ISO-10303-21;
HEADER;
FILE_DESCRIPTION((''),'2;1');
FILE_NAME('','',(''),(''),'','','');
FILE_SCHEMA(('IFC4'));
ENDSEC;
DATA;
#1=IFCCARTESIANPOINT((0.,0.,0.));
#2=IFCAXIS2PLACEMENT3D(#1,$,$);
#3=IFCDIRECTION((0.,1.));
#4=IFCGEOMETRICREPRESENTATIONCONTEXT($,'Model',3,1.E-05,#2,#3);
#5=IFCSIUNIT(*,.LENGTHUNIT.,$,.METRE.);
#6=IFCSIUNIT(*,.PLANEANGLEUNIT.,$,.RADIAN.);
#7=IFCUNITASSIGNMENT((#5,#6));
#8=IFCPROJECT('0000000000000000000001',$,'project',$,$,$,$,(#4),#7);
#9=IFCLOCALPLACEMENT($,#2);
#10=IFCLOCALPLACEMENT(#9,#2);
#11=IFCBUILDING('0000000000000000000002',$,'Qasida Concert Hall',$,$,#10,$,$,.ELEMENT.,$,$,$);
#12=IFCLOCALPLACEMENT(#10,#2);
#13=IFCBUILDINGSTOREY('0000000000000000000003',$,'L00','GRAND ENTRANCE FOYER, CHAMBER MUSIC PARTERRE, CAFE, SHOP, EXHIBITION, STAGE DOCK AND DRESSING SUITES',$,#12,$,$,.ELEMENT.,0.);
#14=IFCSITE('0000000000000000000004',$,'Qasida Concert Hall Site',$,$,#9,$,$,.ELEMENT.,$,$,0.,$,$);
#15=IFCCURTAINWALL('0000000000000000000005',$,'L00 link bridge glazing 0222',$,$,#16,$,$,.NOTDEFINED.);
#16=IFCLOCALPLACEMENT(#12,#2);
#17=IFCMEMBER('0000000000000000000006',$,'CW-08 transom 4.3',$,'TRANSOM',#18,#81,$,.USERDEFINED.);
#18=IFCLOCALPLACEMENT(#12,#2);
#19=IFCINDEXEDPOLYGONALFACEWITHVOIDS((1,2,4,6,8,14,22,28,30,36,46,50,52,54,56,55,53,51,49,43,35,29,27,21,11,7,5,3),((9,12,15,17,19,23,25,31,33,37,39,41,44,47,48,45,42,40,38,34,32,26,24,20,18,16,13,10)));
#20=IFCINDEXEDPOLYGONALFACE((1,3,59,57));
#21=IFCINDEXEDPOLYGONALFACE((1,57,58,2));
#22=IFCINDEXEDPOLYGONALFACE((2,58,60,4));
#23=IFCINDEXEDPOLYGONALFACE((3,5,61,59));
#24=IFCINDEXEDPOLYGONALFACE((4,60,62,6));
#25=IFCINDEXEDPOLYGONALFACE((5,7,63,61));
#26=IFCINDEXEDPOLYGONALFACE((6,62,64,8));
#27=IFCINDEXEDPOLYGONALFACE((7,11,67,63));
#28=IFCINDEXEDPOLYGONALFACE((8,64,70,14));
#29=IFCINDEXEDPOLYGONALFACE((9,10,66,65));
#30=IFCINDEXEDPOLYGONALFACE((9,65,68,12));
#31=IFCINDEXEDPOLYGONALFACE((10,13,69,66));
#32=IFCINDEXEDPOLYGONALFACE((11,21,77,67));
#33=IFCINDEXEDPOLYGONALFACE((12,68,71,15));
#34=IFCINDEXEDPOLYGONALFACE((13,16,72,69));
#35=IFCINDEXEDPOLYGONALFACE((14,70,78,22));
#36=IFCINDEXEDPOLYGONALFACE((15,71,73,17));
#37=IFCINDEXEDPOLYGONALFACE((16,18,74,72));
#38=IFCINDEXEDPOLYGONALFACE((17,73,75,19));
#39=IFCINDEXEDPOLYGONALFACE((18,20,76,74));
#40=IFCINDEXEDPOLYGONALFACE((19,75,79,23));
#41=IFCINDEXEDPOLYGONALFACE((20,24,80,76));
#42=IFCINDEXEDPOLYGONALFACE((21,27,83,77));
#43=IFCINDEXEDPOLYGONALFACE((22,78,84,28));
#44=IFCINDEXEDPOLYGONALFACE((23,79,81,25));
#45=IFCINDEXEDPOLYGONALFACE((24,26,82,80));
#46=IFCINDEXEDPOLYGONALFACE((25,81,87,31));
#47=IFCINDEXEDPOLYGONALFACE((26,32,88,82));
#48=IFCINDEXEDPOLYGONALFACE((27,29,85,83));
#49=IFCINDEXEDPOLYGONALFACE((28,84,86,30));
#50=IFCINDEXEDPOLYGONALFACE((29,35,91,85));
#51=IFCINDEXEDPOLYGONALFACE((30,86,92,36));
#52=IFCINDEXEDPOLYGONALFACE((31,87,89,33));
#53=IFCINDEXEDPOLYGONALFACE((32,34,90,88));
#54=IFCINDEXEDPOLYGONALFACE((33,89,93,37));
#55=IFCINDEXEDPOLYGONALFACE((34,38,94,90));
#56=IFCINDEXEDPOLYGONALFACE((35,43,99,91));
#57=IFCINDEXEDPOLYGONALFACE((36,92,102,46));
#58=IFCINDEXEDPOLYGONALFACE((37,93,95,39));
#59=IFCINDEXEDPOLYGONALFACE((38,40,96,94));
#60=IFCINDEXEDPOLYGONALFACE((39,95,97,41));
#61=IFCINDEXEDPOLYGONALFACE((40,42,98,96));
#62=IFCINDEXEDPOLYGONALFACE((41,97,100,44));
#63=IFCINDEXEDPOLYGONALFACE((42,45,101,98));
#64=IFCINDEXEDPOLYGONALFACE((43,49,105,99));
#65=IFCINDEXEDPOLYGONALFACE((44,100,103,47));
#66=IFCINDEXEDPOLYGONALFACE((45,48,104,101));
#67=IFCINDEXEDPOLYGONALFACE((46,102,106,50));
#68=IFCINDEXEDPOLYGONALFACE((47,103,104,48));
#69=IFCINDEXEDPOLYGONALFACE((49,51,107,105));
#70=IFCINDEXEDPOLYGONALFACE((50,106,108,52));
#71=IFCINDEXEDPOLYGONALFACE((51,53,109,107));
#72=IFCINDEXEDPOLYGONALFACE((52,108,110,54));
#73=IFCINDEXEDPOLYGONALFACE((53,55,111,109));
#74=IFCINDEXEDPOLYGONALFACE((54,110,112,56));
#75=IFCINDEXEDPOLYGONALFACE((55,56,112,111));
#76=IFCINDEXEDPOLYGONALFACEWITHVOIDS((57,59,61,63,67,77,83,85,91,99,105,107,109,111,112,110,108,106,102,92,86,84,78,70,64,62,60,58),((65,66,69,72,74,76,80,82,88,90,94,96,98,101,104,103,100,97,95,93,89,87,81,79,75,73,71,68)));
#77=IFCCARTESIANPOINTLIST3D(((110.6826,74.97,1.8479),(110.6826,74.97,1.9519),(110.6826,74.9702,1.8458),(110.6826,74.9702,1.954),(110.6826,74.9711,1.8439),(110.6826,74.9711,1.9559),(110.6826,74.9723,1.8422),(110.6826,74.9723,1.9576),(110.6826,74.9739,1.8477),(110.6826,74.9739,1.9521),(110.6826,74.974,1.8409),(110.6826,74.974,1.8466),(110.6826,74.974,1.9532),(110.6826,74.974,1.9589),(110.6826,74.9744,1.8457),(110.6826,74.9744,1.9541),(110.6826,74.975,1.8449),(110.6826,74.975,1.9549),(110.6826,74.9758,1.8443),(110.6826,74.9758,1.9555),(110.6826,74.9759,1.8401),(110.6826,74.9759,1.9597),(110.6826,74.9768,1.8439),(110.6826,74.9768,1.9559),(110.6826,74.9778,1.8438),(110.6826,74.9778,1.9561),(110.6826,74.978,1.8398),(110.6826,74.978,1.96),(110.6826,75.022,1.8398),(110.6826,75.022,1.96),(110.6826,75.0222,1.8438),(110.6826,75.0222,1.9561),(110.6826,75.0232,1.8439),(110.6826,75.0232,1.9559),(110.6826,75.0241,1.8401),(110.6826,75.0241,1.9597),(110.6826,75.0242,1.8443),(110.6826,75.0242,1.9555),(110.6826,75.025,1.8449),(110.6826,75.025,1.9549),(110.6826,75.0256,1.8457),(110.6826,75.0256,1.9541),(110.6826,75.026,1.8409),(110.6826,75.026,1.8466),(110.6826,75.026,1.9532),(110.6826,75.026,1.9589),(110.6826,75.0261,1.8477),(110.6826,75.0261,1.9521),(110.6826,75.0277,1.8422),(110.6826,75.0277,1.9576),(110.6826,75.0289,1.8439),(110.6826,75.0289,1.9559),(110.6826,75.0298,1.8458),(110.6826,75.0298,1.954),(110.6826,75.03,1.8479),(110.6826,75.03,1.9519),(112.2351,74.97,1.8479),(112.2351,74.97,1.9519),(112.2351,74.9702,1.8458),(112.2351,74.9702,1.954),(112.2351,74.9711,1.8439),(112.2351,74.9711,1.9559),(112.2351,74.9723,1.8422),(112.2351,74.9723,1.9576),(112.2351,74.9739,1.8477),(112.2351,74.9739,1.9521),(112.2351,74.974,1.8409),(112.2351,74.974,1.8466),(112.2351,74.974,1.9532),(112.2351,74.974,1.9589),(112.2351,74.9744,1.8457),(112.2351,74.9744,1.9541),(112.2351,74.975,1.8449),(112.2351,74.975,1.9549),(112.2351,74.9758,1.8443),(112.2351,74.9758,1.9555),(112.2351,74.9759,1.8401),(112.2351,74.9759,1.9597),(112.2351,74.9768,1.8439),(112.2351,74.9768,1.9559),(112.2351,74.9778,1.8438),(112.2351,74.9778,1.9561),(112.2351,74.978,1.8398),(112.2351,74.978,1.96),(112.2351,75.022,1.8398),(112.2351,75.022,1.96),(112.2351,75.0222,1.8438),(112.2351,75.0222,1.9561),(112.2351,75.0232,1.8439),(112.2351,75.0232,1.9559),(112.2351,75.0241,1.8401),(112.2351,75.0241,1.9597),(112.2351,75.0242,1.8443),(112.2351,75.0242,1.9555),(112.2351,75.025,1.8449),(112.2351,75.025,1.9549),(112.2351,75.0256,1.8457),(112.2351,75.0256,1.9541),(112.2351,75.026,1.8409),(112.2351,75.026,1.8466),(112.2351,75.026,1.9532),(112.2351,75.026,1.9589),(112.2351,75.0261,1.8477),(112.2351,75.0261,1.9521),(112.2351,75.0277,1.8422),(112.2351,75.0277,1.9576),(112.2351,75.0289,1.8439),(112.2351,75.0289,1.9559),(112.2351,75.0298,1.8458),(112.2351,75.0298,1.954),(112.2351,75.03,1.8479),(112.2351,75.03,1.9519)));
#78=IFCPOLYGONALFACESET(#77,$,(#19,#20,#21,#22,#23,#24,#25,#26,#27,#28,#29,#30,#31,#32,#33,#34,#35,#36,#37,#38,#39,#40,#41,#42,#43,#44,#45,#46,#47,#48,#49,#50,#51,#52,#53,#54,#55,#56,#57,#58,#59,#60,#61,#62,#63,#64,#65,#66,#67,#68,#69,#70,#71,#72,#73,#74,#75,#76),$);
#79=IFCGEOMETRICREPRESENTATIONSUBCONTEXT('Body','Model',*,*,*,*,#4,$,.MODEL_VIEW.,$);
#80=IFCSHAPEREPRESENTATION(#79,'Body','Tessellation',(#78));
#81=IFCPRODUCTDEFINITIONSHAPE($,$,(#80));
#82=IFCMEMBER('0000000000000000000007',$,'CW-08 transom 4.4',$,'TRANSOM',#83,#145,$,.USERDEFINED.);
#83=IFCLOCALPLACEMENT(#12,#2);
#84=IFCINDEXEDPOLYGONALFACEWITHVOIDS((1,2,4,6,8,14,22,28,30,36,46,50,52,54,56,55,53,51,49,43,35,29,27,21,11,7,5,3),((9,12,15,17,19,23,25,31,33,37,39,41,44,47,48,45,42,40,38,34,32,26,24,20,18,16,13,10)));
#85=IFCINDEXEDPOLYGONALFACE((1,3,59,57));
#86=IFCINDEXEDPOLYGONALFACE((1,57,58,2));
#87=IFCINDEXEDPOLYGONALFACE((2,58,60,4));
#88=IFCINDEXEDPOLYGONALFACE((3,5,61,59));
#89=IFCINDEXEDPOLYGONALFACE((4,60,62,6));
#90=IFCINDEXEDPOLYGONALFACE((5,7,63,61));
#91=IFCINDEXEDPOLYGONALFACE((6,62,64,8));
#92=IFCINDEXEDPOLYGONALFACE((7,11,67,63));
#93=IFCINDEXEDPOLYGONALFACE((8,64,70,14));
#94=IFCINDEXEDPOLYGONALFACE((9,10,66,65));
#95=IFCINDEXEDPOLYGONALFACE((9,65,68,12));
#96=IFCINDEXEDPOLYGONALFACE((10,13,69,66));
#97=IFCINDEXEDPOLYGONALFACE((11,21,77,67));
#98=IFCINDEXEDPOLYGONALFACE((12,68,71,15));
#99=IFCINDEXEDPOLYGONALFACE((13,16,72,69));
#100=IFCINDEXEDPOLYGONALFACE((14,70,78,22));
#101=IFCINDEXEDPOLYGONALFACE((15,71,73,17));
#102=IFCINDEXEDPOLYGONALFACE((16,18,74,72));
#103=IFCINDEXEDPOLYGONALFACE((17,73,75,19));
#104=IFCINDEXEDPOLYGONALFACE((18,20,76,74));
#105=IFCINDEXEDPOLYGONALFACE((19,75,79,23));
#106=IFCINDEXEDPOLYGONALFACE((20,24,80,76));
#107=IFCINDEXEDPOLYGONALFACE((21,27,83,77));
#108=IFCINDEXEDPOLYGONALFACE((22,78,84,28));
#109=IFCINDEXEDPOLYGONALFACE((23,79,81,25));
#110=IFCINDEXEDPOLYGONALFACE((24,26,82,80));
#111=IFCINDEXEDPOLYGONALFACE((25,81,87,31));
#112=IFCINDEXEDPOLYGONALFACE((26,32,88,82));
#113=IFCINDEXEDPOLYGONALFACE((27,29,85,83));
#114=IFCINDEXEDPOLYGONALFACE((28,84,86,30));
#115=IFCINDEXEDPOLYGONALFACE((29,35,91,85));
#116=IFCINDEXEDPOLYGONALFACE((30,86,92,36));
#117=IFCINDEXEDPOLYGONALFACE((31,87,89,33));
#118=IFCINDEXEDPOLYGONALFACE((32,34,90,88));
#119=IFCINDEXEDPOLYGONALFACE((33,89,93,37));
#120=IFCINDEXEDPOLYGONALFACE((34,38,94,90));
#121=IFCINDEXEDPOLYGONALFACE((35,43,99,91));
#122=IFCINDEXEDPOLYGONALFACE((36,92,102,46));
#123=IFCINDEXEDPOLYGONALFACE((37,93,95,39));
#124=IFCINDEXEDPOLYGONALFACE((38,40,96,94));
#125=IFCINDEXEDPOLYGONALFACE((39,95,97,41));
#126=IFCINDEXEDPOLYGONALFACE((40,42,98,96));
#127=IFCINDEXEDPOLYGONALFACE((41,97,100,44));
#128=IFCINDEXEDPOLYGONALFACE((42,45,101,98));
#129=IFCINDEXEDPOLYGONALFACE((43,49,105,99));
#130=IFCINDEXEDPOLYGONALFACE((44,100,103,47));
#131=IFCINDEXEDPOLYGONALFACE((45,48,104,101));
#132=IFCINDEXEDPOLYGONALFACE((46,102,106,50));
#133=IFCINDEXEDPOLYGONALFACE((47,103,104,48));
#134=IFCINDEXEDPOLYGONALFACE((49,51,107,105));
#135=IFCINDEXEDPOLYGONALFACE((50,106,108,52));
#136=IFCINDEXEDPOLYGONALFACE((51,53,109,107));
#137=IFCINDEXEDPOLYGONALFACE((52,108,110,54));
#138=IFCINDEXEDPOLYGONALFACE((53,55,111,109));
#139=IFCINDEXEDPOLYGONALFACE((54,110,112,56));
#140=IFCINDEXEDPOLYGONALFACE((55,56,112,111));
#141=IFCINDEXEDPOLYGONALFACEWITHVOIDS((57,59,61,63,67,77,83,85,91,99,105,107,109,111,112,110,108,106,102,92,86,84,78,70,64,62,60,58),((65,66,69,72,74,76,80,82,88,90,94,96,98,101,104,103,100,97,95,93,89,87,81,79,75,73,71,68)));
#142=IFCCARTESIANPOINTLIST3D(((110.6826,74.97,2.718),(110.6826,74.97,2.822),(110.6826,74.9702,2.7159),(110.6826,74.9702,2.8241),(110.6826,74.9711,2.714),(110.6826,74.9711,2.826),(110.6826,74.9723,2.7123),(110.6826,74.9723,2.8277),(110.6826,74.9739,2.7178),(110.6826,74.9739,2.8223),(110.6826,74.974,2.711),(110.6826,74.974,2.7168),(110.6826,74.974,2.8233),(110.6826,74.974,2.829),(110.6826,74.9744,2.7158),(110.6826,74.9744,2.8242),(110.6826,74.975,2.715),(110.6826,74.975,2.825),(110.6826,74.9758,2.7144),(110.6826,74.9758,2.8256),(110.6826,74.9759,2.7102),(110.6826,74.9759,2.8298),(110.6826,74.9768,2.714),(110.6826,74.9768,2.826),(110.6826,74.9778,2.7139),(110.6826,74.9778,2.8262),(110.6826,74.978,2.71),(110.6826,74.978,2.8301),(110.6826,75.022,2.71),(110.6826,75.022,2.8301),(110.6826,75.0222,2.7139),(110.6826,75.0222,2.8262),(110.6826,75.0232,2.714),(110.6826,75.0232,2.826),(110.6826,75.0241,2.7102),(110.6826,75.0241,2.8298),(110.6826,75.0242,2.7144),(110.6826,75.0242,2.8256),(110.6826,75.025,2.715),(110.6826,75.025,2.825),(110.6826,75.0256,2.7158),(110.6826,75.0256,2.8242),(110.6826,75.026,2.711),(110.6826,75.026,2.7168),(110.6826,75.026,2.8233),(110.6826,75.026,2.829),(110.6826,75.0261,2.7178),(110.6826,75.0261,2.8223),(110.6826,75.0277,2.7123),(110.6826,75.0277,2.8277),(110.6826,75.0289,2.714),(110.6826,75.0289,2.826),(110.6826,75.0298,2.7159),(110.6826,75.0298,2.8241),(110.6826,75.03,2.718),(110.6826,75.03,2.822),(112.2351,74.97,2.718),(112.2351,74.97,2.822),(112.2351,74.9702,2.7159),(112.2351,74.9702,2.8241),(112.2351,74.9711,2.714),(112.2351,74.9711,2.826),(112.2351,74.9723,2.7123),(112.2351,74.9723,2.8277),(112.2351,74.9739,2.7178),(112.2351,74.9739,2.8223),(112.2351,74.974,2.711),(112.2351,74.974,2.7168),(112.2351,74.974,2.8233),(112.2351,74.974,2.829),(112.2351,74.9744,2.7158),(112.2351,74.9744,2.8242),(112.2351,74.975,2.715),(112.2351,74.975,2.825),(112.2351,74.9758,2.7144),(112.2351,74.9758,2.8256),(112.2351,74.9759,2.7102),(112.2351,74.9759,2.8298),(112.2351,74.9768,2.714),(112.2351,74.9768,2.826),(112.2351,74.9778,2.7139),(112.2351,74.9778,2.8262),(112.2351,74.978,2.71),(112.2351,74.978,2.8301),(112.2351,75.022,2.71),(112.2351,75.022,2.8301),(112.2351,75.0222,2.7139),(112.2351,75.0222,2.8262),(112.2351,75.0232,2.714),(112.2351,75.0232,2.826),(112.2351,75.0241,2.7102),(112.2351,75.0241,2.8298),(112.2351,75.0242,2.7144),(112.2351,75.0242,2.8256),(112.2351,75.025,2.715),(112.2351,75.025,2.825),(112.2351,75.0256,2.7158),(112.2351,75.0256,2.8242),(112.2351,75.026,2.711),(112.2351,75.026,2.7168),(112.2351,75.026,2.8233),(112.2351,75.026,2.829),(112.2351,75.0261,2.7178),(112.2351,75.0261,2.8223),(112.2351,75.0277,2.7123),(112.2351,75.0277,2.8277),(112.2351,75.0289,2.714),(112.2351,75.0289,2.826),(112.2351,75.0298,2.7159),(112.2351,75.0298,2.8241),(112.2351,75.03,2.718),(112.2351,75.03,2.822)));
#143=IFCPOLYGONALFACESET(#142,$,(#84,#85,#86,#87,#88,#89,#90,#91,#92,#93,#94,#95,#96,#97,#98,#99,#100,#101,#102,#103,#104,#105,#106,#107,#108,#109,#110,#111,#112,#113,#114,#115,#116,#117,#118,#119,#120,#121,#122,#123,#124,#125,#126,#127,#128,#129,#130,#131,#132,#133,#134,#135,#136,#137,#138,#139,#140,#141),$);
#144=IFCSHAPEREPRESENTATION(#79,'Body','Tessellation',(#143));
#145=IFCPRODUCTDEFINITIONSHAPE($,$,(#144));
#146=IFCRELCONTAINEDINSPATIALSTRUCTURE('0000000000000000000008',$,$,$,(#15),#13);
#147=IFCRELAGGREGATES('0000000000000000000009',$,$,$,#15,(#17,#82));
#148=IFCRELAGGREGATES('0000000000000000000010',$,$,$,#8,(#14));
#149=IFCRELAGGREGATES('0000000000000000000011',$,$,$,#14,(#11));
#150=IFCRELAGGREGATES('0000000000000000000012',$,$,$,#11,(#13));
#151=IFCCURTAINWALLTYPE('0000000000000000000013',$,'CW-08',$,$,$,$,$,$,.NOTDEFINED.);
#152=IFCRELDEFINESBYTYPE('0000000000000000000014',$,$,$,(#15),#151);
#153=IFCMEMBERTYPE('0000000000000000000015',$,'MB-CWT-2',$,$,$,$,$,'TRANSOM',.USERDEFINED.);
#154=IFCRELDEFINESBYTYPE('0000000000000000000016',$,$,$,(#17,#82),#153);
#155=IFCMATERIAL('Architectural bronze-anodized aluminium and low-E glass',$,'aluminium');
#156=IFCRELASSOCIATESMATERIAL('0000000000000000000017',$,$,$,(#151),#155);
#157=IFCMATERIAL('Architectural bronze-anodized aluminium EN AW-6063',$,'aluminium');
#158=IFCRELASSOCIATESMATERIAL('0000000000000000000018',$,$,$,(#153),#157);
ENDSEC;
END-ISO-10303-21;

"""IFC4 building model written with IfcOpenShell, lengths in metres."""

from ifc_helpers import new_model, si_unit, direction, frame, origin, origin_2d, place, context, subcontext, project, spatial, hollow_rectangle, extrude, material, material_profile, profile_set, type_object, element, aggregate, save


model = new_model("IFC4")

# Units and contexts
model_context = context("Model", 3, precision=1e-05, world=origin(), true_north=direction((0.0, 1.0)))
body_context = subcontext(model_context, "Body", "Model", "MODEL_VIEW")
ifc_project = project(units=[si_unit("LENGTHUNIT", "METRE"), si_unit("PLANEANGLEUNIT", "RADIAN")], contexts=[model_context])

# Site, building, storey
site_placement = place(None, origin())
site = spatial("IfcSite", under=ifc_project, at=site_placement, Name="Qasida Concert Hall Site", CompositionType="ELEMENT", RefElevation=0.0)
building_placement = place(site_placement, origin())
building = spatial("IfcBuilding", under=site, at=building_placement, Name="Qasida Concert Hall", CompositionType="ELEMENT")
storey_placement = place(building_placement, origin())
storey = spatial("IfcBuildingStorey", under=building, at=storey_placement, Name="L00", Description="GRAND ENTRANCE FOYER, CHAMBER MUSIC PARTERRE, CAFE, SHOP, EXHIBITION, STAGE DOCK AND DRESSING SUITES", CompositionType="ELEMENT", Elevation=0.0)

# Curtain wall
ifc_material_1 = material(Name="Architectural bronze-anodized aluminium and low-E glass", Category="aluminium")
curtain_wall_type = type_object("IfcCurtainWallType", Name="CW-08", PredefinedType="NOTDEFINED", material=ifc_material_1)
curtain_wall_1_placement = place(storey_placement, origin())
curtain_wall_1 = element("IfcCurtainWall", 1, at=curtain_wall_1_placement, inside=storey, type_object=curtain_wall_type, Name="L00 link bridge glazing 0222", PredefinedType="NOTDEFINED")
ifc_material_2 = material(Name="Architectural bronze-anodized aluminium EN AW-6063", Category="aluminium")

# Members
ifc_material_profile_1 = material_profile(ifc_material_2, hollow_rectangle(XDim=0.0601, YDim=0.1201, WallThickness=0.0039, InnerFilletRadius=0.0039, OuterFilletRadius=0.0081, at=origin_2d()), Name="CWT 120x60x4")
ifc_profile_set_1 = profile_set([ifc_material_profile_1], Name="Architectural bronze-anodized aluminium EN AW-6063")
member_type_1 = type_object("IfcMemberType", Name="MB-CWT-2", ElementType="TRANSOM", PredefinedType="USERDEFINED", material=ifc_profile_set_1)
member_1_placement = place(storey_placement, frame((110.6826, 75.0, 1.8999), z_axis=(1.0, 0.0, 0.0), x_axis=(0.0, 1.0, 0.0)))
member_1 = element("IfcMember", 2, at=member_1_placement, type_object=member_type_1, Name="CW-08 transom 4.3", ObjectType="TRANSOM", PredefinedType="USERDEFINED", context=body_context, shape_type="SweptSolid", body=[
    extrude(hollow_rectangle(XDim=0.0601, YDim=0.1201, WallThickness=0.0039, InnerFilletRadius=0.0039, OuterFilletRadius=0.0081, at=origin_2d()), origin(), (0.0, 0.0, 1.0), 1.5525),
])
member_2_placement = place(storey_placement, frame((110.6826, 75.0, 2.77), z_axis=(1.0, 0.0, 0.0), x_axis=(0.0, 1.0, 0.0)))
member_2 = element("IfcMember", 3, at=member_2_placement, type_object=member_type_1, Name="CW-08 transom 4.4", ObjectType="TRANSOM", PredefinedType="USERDEFINED", context=body_context, shape_type="SweptSolid", body=[
    extrude(hollow_rectangle(XDim=0.0601, YDim=0.1201, WallThickness=0.0039, InnerFilletRadius=0.0039, OuterFilletRadius=0.0081, at=origin_2d()), origin(), (0.0, 0.0, 1.0), 1.5525),
])

aggregate(curtain_wall_1, [member_1, member_2])

save(model, "model.ifc")
